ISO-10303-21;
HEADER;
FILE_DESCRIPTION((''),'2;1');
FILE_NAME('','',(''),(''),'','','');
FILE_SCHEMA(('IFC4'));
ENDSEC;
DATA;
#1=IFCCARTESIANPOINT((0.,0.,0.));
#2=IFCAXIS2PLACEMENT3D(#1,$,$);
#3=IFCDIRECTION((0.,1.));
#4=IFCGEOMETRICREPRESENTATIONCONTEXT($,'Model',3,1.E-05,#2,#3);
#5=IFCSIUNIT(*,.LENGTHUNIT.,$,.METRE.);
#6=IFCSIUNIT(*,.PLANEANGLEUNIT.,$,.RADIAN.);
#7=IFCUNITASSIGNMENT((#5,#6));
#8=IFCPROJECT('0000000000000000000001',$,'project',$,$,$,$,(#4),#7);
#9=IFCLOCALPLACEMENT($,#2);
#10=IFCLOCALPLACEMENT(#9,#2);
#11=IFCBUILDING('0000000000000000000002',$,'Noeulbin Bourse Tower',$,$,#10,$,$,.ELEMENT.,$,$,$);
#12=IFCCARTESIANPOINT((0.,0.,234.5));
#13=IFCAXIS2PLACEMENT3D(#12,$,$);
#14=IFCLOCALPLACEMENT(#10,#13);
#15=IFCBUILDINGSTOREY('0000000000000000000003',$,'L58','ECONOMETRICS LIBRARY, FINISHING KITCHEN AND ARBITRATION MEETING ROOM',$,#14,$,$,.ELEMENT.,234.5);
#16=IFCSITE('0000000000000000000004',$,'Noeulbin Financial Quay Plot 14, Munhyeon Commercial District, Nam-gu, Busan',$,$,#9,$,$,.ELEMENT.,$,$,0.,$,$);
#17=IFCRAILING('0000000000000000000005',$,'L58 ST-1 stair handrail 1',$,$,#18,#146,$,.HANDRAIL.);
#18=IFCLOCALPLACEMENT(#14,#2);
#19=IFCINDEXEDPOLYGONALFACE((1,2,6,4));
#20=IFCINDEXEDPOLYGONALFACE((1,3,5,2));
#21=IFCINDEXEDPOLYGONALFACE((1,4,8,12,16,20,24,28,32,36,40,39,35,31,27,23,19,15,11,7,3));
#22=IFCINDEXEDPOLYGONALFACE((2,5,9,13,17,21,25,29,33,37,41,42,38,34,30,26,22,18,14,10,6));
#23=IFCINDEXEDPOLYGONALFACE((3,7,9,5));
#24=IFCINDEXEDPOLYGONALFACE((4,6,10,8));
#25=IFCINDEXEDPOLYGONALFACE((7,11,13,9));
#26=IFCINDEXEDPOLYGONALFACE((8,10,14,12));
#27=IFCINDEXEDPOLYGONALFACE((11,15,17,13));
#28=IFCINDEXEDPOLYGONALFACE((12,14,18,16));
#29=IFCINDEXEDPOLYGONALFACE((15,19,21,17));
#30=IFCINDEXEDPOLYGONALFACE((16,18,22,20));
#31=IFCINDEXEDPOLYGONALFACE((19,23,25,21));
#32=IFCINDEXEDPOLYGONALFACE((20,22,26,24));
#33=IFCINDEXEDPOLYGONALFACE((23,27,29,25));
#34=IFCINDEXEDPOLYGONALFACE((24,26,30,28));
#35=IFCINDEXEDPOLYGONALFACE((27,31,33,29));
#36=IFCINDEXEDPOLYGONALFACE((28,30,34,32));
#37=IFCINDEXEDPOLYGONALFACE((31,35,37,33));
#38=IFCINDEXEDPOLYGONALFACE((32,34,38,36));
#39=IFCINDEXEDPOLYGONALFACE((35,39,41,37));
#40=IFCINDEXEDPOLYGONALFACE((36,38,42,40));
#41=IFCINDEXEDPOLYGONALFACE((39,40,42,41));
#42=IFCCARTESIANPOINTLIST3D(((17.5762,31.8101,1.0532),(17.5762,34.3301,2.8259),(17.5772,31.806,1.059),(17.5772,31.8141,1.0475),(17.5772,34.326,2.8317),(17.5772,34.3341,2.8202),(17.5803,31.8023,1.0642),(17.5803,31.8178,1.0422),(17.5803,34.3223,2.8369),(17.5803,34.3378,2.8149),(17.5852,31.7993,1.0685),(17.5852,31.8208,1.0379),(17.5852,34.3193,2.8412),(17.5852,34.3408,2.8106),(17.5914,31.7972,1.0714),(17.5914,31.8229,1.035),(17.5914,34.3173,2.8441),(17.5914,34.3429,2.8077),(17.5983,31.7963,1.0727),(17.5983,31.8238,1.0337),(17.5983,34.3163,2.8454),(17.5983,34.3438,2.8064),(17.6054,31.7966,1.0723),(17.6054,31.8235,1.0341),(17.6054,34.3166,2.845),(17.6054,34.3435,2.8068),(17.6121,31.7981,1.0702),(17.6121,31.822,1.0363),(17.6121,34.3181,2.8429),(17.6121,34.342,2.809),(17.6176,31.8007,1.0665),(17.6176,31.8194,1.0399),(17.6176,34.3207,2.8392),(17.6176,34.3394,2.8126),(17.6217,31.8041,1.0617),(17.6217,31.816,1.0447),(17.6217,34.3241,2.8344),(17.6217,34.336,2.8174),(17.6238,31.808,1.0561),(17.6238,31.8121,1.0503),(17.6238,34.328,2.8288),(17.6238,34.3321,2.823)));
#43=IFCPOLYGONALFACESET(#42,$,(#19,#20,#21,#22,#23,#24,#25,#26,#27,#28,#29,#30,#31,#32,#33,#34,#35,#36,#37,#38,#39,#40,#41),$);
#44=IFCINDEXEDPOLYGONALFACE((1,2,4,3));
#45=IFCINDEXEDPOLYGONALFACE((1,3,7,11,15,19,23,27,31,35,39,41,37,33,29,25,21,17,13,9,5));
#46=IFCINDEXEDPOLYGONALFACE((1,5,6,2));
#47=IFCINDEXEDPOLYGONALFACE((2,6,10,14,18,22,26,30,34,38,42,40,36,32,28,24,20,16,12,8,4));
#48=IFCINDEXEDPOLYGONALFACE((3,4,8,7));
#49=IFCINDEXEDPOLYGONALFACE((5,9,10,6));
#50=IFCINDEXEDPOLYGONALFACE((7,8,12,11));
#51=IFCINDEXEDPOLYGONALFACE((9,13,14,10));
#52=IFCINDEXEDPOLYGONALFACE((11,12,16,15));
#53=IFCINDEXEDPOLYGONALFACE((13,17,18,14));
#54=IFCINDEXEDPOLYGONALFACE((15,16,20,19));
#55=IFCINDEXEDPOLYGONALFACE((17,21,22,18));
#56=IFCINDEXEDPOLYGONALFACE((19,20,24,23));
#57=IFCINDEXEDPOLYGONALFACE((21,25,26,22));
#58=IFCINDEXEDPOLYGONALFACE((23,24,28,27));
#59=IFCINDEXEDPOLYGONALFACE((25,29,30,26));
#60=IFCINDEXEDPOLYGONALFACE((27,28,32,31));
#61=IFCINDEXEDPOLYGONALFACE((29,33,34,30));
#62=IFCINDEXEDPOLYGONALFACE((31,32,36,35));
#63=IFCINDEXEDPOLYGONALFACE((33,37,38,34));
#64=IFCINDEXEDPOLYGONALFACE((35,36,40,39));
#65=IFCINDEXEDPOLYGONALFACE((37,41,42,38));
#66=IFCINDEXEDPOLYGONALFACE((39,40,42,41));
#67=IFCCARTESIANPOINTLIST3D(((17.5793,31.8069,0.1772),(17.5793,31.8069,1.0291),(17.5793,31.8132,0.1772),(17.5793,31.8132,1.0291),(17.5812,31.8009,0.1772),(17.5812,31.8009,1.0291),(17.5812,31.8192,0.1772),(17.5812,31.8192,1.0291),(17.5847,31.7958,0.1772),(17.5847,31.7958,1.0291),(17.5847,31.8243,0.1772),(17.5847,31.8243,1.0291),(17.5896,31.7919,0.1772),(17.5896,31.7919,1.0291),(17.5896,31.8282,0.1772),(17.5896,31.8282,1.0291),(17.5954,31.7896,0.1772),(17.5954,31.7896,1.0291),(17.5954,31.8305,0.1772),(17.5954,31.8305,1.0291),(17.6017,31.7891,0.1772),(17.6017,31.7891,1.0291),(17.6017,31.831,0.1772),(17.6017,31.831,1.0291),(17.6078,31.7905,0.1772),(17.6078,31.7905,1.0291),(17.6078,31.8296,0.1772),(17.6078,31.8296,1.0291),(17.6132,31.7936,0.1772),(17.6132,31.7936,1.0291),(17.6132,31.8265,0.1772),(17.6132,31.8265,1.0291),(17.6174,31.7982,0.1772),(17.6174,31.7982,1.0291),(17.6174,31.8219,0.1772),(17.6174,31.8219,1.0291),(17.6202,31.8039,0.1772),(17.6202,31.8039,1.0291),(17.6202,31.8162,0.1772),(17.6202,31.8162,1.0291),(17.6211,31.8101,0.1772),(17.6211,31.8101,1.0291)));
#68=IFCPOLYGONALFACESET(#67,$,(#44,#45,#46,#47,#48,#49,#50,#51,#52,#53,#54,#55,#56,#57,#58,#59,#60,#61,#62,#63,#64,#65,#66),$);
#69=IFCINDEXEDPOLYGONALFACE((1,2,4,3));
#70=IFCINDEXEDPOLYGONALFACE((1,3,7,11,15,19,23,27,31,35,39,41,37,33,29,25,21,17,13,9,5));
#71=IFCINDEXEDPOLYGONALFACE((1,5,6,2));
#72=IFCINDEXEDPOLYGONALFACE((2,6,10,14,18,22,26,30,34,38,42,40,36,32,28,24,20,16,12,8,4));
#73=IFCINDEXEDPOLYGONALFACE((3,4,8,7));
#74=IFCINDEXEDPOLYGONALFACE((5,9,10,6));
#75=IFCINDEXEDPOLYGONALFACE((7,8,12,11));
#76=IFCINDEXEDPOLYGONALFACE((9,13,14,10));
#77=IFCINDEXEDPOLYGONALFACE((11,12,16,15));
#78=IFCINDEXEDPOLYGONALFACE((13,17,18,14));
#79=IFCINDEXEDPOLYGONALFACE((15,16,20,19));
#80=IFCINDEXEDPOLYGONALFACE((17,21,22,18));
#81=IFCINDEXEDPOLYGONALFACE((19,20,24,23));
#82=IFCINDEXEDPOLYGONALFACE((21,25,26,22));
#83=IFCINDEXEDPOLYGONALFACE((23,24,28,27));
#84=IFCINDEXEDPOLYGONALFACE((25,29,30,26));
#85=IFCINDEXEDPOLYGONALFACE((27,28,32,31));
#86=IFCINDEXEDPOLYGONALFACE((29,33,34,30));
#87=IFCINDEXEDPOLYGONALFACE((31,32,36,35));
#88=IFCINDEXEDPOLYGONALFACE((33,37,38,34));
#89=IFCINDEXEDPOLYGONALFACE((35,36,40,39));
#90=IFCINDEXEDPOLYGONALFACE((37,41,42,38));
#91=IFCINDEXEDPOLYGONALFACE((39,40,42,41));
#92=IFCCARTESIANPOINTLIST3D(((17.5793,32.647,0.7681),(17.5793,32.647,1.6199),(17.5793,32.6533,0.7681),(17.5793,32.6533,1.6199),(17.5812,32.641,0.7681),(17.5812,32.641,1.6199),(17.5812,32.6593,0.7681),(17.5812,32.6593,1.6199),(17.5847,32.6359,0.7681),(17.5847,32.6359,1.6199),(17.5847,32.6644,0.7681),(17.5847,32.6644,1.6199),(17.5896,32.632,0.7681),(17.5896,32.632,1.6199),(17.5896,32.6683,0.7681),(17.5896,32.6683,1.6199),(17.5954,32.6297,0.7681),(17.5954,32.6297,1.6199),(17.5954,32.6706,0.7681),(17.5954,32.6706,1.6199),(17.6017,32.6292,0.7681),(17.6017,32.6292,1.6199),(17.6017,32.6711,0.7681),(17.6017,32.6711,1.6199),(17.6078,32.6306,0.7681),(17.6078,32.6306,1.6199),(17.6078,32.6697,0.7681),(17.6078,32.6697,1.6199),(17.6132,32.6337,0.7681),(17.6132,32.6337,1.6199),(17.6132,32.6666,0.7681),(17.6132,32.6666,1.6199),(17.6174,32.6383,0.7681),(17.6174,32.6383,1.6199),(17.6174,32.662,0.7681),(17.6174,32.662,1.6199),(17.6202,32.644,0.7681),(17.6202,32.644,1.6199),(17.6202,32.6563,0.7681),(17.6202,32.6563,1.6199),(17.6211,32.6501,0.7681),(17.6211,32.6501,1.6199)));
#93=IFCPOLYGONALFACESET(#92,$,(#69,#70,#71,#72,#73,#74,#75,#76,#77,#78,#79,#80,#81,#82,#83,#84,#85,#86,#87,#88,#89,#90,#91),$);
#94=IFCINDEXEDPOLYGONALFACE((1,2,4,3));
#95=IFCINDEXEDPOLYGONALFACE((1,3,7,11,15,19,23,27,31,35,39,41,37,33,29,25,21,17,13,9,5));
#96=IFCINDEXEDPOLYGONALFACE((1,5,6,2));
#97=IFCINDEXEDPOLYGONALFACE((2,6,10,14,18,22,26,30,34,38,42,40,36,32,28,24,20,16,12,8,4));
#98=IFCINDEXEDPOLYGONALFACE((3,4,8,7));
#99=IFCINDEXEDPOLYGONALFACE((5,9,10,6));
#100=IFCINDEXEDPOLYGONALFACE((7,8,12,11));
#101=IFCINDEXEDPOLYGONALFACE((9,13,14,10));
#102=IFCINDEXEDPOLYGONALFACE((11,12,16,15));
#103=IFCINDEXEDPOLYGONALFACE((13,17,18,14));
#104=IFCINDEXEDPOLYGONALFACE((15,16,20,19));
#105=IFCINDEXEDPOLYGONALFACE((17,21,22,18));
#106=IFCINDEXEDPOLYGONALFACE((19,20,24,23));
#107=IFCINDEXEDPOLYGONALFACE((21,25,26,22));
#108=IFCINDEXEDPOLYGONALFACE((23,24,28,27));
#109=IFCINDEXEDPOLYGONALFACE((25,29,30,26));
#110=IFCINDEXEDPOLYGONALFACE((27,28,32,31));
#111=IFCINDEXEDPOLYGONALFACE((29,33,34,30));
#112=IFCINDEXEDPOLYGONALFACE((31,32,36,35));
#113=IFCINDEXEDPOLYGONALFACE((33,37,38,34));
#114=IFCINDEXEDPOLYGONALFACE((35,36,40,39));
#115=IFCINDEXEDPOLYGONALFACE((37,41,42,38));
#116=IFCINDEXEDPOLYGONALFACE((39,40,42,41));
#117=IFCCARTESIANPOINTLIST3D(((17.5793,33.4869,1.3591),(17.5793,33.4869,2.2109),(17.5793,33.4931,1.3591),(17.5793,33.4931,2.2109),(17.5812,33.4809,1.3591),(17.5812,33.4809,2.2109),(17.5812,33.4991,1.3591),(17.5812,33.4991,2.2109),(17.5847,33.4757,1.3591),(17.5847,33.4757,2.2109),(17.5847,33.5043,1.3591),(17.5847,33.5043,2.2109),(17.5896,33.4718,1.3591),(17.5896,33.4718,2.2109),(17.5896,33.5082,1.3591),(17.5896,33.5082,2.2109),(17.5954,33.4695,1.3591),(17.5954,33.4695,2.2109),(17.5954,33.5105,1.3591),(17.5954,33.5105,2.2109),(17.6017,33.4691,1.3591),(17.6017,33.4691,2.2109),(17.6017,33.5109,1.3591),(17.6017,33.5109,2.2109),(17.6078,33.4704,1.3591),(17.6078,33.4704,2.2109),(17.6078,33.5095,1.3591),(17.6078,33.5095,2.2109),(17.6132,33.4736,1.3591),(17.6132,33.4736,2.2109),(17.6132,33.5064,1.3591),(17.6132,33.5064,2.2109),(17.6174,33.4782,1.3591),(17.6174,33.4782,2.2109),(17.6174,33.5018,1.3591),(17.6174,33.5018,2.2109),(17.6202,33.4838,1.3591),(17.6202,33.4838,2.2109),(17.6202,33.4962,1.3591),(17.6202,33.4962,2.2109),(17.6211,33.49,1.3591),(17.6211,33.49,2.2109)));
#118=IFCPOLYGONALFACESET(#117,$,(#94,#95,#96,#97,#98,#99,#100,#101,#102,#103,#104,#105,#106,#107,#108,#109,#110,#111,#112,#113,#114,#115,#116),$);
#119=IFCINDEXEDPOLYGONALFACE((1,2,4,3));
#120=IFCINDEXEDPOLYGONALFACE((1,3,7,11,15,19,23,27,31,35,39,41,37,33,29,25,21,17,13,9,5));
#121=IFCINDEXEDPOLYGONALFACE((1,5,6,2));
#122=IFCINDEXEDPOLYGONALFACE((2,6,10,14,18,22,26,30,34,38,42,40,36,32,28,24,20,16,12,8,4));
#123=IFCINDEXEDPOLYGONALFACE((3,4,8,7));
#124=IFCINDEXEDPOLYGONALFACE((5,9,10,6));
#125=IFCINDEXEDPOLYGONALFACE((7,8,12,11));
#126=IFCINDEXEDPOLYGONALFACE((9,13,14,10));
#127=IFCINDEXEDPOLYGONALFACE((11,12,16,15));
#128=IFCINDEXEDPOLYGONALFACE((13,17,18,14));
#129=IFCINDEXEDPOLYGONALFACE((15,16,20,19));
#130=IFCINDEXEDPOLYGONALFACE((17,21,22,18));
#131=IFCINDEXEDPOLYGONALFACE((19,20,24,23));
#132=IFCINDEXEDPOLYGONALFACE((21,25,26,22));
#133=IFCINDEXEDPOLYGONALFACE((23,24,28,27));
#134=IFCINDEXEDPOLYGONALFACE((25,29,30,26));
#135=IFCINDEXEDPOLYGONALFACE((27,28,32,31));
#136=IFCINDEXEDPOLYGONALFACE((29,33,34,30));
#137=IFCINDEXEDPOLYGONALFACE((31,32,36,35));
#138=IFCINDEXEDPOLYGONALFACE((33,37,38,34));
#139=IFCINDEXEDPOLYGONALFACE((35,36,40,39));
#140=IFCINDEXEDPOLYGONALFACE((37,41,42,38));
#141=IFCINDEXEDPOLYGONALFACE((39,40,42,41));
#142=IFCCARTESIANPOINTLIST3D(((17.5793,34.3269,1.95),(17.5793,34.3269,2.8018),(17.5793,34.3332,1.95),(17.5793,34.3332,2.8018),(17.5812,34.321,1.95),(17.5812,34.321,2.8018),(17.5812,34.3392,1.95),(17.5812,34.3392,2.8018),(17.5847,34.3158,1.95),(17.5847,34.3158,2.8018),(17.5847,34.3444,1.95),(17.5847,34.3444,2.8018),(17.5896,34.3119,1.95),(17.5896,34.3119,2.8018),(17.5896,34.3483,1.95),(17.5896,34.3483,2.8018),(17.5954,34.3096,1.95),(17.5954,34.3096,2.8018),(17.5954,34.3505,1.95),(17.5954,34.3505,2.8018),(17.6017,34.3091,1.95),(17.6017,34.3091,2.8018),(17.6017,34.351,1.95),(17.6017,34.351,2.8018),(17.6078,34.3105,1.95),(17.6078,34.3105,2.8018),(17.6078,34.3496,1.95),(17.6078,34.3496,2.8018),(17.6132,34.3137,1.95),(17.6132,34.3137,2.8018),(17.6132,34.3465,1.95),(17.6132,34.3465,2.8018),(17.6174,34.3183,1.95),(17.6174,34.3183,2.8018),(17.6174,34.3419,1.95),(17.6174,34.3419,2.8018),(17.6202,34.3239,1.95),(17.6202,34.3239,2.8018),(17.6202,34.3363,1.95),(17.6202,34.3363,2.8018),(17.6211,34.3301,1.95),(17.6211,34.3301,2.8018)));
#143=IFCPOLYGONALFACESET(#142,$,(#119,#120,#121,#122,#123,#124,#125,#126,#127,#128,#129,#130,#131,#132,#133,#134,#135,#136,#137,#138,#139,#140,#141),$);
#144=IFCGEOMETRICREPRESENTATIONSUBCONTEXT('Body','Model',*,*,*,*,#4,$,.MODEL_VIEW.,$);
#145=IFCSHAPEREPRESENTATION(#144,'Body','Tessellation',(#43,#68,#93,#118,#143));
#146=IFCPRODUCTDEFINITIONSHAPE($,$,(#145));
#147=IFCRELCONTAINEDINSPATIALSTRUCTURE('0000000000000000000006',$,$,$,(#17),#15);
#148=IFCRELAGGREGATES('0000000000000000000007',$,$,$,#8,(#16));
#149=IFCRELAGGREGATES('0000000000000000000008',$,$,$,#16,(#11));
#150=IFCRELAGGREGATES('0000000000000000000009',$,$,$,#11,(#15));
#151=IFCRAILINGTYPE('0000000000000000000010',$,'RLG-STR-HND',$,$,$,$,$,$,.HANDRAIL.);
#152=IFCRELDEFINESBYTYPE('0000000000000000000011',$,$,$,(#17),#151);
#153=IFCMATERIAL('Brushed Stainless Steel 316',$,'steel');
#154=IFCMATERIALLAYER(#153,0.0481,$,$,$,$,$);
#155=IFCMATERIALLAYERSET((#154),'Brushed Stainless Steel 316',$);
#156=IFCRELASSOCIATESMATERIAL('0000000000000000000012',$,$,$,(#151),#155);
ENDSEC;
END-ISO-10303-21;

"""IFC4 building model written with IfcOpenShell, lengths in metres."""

from ifc_helpers import new_model, si_unit, direction, frame, origin, origin_2d, place, context, subcontext, project, spatial, circle, extrude, material, layer, layer_set, type_object, element, save


model = new_model("IFC4")

# Units and contexts
model_context = context("Model", 3, precision=1e-05, world=origin(), true_north=direction((0.0, 1.0)))
body_context = subcontext(model_context, "Body", "Model", "MODEL_VIEW")
ifc_project = project(units=[si_unit("LENGTHUNIT", "METRE"), si_unit("PLANEANGLEUNIT", "RADIAN")], contexts=[model_context])

# Site, building, storey
site_placement = place(None, origin())
site = spatial("IfcSite", under=ifc_project, at=site_placement, Name="Noeulbin Financial Quay Plot 14, Munhyeon Commercial District, Nam-gu, Busan", CompositionType="ELEMENT", RefElevation=0.0)
building_placement = place(site_placement, origin())
building = spatial("IfcBuilding", under=site, at=building_placement, Name="Noeulbin Bourse Tower", CompositionType="ELEMENT")
storey_placement = place(building_placement, frame((0.0, 0.0, 234.5)))
storey = spatial("IfcBuildingStorey", under=building, at=storey_placement, Name="L58", Description="ECONOMETRICS LIBRARY, FINISHING KITCHEN AND ARBITRATION MEETING ROOM", CompositionType="ELEMENT", Elevation=234.5)

# Railing
ifc_material_1 = material(Name="Brushed Stainless Steel 316", Category="steel")
ifc_layer_1 = layer(ifc_material_1, 0.0481)
ifc_layer_set_1 = layer_set([ifc_layer_1], Name="Brushed Stainless Steel 316")
railing_type_1 = type_object("IfcRailingType", Name="RLG-STR-HND", PredefinedType="HANDRAIL", material=ifc_layer_set_1)
railing_1_placement = place(storey_placement, frame((17.6001, 31.8101, 0.1772)))
element("IfcRailing", 1, at=railing_1_placement, inside=storey, type_object=railing_type_1, Name="L58 ST-1 stair handrail 1", PredefinedType="HANDRAIL", context=body_context, shape_type="SweptSolid", body=[
    extrude(circle(Radius=0.0239, at=origin_2d()), frame((0.0, 0.0, 0.876), z_axis=(0.0, 0.817904, 0.575354), x_axis=(-1.0, 0.0, 0.0)), (0.0, 0.0, 1.0), 3.0811),
    extrude(circle(Radius=0.021, at=origin_2d()), origin(), (0.0, 0.0, 1.0), 0.8518),
    extrude(circle(Radius=0.021, at=origin_2d()), frame((0.0, 0.8401, 0.5908)), (0.0, 0.0, 1.0), 0.8518),
    extrude(circle(Radius=0.021, at=origin_2d()), frame((0.0, 1.6799, 1.1819)), (0.0, 0.0, 1.0), 0.8518),
    extrude(circle(Radius=0.021, at=origin_2d()), frame((0.0, 2.52, 1.7727)), (0.0, 0.0, 1.0), 0.8518),
])

save(model, "model.ifc")
